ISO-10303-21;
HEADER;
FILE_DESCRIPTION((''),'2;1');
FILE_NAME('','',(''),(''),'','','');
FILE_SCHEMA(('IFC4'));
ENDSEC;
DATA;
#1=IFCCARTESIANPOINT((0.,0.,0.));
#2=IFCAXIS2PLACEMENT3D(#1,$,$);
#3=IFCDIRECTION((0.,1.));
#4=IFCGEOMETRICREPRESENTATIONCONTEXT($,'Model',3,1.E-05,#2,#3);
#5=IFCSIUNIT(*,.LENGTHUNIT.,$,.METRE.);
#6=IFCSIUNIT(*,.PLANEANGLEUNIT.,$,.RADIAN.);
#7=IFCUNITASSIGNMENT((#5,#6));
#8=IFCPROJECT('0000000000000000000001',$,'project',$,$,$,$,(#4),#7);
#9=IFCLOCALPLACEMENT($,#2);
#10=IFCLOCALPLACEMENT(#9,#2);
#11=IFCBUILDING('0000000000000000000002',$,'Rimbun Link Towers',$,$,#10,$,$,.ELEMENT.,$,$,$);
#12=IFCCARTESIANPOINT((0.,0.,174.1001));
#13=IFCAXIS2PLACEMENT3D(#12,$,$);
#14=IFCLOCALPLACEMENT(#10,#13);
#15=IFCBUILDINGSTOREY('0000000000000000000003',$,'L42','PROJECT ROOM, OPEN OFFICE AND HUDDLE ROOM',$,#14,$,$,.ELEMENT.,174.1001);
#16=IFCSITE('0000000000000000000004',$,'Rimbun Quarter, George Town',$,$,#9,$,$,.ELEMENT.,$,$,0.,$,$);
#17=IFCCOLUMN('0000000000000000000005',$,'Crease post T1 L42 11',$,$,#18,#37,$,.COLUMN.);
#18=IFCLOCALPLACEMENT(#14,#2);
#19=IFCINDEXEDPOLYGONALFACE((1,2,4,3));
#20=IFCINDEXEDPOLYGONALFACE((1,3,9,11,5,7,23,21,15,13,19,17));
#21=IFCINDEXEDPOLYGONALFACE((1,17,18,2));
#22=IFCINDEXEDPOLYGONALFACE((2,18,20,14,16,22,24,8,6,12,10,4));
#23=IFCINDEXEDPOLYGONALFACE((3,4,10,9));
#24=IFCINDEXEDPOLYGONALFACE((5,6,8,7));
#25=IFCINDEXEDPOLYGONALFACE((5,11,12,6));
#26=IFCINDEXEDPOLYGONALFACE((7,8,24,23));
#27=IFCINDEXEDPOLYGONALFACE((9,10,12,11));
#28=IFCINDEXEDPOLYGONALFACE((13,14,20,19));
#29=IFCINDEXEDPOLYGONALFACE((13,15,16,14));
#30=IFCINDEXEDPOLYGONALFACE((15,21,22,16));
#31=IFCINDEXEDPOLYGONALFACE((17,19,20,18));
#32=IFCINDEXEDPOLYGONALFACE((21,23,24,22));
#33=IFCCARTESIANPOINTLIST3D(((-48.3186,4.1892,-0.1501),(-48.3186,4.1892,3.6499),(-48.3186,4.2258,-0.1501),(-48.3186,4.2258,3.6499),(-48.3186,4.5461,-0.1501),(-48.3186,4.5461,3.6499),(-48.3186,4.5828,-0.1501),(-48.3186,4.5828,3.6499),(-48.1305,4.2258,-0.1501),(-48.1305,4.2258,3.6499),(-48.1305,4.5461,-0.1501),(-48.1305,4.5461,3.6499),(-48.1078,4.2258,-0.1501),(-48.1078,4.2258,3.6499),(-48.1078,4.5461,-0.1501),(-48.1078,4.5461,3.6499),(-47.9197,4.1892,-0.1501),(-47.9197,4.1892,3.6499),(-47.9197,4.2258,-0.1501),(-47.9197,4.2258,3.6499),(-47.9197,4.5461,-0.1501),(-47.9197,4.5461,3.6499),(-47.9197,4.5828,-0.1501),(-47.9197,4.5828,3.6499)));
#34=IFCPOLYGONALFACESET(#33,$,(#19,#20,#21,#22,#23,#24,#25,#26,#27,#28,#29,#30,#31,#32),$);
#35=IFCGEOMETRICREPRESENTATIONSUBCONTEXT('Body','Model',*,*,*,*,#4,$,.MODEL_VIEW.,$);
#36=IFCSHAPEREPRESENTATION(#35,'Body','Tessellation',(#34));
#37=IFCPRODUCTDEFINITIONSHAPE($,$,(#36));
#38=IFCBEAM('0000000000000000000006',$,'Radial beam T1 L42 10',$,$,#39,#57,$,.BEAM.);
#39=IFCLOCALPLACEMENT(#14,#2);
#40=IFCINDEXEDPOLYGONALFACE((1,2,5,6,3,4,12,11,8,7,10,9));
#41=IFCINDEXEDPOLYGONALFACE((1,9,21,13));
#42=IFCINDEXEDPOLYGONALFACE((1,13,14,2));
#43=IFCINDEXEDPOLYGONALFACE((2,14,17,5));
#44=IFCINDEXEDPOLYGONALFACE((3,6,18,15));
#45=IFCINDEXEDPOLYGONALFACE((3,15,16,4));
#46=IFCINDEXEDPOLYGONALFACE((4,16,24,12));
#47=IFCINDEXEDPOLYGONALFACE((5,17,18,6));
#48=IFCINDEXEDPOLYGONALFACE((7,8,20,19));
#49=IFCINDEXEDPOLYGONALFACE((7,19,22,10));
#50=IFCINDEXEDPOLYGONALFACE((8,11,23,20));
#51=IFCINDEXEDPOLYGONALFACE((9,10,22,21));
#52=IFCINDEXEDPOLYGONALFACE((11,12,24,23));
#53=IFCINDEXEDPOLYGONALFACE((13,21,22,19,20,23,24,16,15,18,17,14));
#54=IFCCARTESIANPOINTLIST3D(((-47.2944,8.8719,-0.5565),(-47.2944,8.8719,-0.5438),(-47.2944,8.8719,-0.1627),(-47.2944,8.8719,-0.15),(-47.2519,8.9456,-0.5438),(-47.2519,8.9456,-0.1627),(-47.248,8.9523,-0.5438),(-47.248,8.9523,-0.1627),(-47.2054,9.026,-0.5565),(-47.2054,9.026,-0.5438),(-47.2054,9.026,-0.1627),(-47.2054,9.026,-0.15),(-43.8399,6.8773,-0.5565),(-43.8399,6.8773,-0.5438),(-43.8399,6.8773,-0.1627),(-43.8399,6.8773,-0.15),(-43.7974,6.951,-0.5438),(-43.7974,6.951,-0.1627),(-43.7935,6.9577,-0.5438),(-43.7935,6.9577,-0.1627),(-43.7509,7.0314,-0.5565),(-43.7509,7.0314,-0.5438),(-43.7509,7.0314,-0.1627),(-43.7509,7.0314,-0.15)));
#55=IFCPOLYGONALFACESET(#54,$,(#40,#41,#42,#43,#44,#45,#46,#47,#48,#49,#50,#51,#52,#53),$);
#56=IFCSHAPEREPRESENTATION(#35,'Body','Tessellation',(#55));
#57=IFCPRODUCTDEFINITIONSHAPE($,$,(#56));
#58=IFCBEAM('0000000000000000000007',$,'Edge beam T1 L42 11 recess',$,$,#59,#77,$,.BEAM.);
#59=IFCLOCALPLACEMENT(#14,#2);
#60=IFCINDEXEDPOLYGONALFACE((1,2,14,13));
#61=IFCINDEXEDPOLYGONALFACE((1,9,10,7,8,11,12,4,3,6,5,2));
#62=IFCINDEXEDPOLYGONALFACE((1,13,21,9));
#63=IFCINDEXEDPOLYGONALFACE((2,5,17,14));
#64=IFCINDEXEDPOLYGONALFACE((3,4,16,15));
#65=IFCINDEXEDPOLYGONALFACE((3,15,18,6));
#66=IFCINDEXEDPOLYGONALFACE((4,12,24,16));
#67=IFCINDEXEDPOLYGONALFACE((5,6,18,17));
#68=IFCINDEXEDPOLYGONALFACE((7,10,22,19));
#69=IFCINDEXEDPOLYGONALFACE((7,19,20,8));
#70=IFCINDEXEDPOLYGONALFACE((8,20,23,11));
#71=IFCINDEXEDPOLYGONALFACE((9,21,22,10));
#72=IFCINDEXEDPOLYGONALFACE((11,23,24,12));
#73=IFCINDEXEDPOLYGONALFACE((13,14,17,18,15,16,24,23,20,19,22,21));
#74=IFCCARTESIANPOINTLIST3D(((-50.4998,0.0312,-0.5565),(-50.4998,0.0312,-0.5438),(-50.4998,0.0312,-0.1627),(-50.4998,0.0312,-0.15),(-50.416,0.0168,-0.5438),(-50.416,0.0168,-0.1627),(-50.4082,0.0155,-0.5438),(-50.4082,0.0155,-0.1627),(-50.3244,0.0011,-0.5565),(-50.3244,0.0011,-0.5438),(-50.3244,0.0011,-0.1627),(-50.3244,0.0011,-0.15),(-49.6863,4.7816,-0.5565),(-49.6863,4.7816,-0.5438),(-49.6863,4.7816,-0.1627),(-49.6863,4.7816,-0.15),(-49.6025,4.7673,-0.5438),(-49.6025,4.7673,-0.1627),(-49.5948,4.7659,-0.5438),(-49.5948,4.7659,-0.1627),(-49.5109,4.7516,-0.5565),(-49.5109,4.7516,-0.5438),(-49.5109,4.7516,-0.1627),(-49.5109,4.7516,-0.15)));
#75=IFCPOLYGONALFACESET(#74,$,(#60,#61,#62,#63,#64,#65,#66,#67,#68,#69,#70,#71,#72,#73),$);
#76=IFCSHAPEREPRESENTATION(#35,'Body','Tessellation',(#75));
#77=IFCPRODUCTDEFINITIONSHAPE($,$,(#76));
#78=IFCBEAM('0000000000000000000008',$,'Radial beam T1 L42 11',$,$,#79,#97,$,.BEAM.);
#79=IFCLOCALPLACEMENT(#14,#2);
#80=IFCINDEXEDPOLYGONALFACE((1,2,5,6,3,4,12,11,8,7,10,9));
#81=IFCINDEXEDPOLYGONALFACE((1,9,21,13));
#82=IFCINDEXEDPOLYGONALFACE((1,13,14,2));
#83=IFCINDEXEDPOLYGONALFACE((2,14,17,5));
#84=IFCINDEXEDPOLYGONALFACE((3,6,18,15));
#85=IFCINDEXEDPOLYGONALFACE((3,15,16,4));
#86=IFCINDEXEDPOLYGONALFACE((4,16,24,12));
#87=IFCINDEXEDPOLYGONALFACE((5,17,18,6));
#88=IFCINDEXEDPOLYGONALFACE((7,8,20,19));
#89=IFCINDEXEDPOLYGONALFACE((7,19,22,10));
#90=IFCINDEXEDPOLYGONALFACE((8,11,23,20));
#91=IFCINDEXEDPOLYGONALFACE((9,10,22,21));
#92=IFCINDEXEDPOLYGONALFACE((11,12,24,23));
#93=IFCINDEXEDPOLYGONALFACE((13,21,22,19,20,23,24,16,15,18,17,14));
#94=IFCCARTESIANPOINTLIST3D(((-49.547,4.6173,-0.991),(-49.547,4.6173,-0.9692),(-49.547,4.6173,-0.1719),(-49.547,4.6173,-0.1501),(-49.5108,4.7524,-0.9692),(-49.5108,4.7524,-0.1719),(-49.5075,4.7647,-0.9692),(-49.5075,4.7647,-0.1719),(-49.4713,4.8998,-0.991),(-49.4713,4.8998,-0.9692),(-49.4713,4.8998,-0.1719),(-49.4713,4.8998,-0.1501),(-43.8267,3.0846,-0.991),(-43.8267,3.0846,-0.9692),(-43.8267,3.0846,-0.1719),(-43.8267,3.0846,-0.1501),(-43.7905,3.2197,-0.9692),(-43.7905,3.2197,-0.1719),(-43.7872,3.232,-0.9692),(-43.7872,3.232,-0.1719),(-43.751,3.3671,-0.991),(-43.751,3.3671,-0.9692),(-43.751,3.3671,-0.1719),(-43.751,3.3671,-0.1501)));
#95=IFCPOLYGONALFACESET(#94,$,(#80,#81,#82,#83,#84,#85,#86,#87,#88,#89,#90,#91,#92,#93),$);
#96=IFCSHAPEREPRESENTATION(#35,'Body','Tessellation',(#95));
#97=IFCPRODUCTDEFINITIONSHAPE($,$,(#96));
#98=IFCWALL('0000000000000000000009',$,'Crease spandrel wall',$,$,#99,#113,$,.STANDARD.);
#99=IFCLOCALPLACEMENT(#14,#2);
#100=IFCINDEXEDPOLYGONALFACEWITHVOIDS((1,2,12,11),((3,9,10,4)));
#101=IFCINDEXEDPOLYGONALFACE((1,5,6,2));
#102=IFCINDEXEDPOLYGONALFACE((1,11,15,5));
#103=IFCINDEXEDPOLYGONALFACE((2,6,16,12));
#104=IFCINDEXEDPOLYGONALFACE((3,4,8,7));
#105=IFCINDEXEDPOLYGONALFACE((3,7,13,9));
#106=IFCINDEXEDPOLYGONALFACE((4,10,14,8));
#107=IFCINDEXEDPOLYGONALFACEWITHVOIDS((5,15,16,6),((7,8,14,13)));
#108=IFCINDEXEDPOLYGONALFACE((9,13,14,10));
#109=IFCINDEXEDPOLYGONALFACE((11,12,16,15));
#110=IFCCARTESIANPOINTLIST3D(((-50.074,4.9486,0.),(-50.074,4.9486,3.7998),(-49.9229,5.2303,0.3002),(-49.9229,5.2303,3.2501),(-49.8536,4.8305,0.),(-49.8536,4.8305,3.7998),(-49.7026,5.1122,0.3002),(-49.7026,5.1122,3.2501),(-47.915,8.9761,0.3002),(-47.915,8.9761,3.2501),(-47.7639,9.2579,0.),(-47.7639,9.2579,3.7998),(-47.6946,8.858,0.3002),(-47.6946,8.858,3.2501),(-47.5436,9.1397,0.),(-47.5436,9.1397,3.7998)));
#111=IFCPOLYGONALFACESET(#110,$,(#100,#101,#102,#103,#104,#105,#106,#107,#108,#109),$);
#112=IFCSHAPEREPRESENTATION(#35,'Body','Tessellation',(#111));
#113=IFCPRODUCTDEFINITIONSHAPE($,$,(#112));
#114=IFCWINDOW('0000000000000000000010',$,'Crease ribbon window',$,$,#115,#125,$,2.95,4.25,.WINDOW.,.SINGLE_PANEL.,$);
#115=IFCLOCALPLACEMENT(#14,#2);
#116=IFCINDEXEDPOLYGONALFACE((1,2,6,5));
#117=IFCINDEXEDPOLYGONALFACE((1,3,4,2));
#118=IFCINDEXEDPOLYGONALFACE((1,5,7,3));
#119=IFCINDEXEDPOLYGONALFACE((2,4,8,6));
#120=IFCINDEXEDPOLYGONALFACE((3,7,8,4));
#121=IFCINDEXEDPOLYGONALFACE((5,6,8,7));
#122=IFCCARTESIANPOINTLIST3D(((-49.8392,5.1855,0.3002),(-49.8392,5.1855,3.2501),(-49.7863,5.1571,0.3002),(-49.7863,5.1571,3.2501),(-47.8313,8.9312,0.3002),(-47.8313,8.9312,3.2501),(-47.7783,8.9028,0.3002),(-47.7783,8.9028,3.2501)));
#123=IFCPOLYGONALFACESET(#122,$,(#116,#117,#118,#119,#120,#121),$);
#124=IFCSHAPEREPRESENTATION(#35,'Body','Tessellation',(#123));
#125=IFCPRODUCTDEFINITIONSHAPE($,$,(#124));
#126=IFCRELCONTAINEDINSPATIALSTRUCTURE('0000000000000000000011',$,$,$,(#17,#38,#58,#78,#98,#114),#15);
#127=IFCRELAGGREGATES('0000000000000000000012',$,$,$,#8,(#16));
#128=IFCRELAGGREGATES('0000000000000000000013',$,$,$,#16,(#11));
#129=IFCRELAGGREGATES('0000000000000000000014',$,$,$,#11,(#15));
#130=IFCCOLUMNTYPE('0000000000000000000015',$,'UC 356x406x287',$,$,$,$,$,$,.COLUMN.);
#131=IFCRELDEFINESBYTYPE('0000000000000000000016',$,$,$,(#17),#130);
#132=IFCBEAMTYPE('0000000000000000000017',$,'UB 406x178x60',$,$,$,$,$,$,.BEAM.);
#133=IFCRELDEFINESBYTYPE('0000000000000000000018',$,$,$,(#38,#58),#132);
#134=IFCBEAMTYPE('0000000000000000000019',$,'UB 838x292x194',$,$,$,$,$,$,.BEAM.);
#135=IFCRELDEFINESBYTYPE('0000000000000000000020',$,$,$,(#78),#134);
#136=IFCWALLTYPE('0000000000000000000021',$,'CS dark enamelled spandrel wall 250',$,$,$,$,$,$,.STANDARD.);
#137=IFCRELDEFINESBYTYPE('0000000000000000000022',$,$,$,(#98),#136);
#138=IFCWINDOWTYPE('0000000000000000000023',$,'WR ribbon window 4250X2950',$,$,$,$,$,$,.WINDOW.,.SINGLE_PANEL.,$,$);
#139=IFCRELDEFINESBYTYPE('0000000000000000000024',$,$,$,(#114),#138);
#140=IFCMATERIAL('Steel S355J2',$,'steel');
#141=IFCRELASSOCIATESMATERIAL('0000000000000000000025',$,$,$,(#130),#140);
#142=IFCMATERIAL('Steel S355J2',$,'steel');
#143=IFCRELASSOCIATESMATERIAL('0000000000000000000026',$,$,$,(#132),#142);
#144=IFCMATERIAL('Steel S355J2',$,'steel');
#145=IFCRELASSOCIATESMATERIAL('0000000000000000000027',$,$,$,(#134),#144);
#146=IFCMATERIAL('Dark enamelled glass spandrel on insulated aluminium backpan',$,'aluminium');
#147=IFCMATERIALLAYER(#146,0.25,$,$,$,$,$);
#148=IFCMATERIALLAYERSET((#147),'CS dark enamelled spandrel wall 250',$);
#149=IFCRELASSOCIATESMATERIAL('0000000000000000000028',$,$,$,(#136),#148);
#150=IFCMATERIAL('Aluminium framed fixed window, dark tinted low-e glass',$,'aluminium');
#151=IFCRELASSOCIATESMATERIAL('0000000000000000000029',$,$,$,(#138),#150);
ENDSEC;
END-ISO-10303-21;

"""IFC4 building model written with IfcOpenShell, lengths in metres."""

from ifc_helpers import new_model, si_unit, direction, frame, frame_2d, origin, origin_2d, place, context, subcontext, project, spatial, rectangle, i_section, extrude, material, layer, layer_set, material_profile, profile_set, type_object, element, fill, save


model = new_model("IFC4")

# Units and contexts
model_context = context("Model", 3, precision=1e-05, world=origin(), true_north=direction((0.0, 1.0)))
body_context = subcontext(model_context, "Body", "Model", "MODEL_VIEW")
ifc_project = project(units=[si_unit("LENGTHUNIT", "METRE"), si_unit("PLANEANGLEUNIT", "RADIAN")], contexts=[model_context])

# Site, building, storey
site_placement = place(None, origin())
site = spatial("IfcSite", under=ifc_project, at=site_placement, Name="Rimbun Quarter, George Town", CompositionType="ELEMENT", RefElevation=0.0)
building_placement = place(site_placement, origin())
building = spatial("IfcBuilding", under=site, at=building_placement, Name="Rimbun Link Towers", CompositionType="ELEMENT")
storey_placement = place(building_placement, frame((0.0, 0.0, 174.1001)))
storey = spatial("IfcBuildingStorey", under=building, at=storey_placement, Name="L42", Description="PROJECT ROOM, OPEN OFFICE AND HUDDLE ROOM", CompositionType="ELEMENT", Elevation=174.1001)

# Column
ifc_material_1 = material(Name="Steel S355J2", Category="steel")
ifc_material_profile_1 = material_profile(ifc_material_1, i_section(OverallWidth=0.3989, OverallDepth=0.3936, WebThickness=0.0227, FlangeThickness=0.0366, at=origin_2d()), Name="UC 356x406x287")
ifc_profile_set_1 = profile_set([ifc_material_profile_1], Name="Steel S355J2")
column_type = type_object("IfcColumnType", Name="UC 356x406x287", PredefinedType="COLUMN", material=ifc_profile_set_1)
column_placement = place(storey_placement, frame((-48.1191, 4.386, -0.1501), z_axis=(0.0, 0.0, 1.0), x_axis=(1.0, 0.0, 0.0)))
element("IfcColumn", 1, at=column_placement, inside=storey, type_object=column_type, Name="Crease post T1 L42 11", PredefinedType="COLUMN", context=body_context, shape_type="SweptSolid", body=[
    extrude(i_section(OverallWidth=0.3989, OverallDepth=0.3936, WebThickness=0.0227, FlangeThickness=0.0366, at=origin_2d()), origin(), (0.0, 0.0, 1.0), 3.8),
])

# Beams
ifc_material_2 = material(Name="Steel S355J2", Category="steel")
ifc_material_profile_2 = material_profile(ifc_material_2, i_section(OverallWidth=0.178, OverallDepth=0.4065, WebThickness=0.0078, FlangeThickness=0.0127, at=origin_2d()), Name="UB 406x178x60")
ifc_profile_set_2 = profile_set([ifc_material_profile_2], Name="Steel S355J2")
beam_type_1 = type_object("IfcBeamType", Name="UB 406x178x60", PredefinedType="BEAM", material=ifc_profile_set_2)
beam_1_placement = place(storey_placement, frame((-43.7954, 6.9543, -0.3533), z_axis=(-0.866012, 0.500023, 0.0), x_axis=(-0.500023, -0.866012, 0.0)))
element("IfcBeam", 2, at=beam_1_placement, inside=storey, type_object=beam_type_1, Name="Radial beam T1 L42 10", PredefinedType="BEAM", context=body_context, shape_type="SweptSolid", body=[
    extrude(i_section(OverallWidth=0.178, OverallDepth=0.4065, WebThickness=0.0078, FlangeThickness=0.0127, at=origin_2d()), origin(), (0.0, 0.0, 1.0), 3.989),
])
beam_2_placement = place(storey_placement, frame((-49.5986, 4.7666, -0.3533), z_axis=(-0.168784, -0.985653, 0.0), x_axis=(0.985653, -0.168784, 0.0)))
element("IfcBeam", 3, at=beam_2_placement, inside=storey, type_object=beam_type_1, Name="Edge beam T1 L42 11 recess", PredefinedType="BEAM", context=body_context, shape_type="SweptSolid", body=[
    extrude(i_section(OverallWidth=0.178, OverallDepth=0.4065, WebThickness=0.0078, FlangeThickness=0.0127, at=origin_2d()), origin(), (0.0, 0.0, 1.0), 4.8196),
])
ifc_material_3 = material(Name="Steel S355J2", Category="steel")
ifc_material_profile_3 = material_profile(ifc_material_3, i_section(OverallWidth=0.2925, OverallDepth=0.8408, WebThickness=0.0127, FlangeThickness=0.0217, at=origin_2d()), Name="UB 838x292x194")
ifc_profile_set_3 = profile_set([ifc_material_profile_3], Name="Steel S355J2")
beam_type_2 = type_object("IfcBeamType", Name="UB 838x292x194", PredefinedType="BEAM", material=ifc_profile_set_3)
beam_3_placement = place(storey_placement, frame((-43.7888, 3.2258, -0.5706), z_axis=(-0.965926, 0.258817, 0.0), x_axis=(-0.258817, -0.965926, 0.0)))
element("IfcBeam", 4, at=beam_3_placement, inside=storey, type_object=beam_type_2, Name="Radial beam T1 L42 11", PredefinedType="BEAM", context=body_context, shape_type="SweptSolid", body=[
    extrude(i_section(OverallWidth=0.2925, OverallDepth=0.8408, WebThickness=0.0127, FlangeThickness=0.0217, at=origin_2d()), origin(), (0.0, 0.0, 1.0), 5.9221),
])

# Wall, opening, window
ifc_material_4 = material(Name="Dark enamelled glass spandrel on insulated aluminium backpan", Category="aluminium")
ifc_layer_1 = layer(ifc_material_4, 0.25)
ifc_layer_set_1 = layer_set([ifc_layer_1], Name="CS dark enamelled spandrel wall 250")
wall_type_1 = type_object("IfcWallType", Name="CS dark enamelled spandrel wall 250", PredefinedType="STANDARD", material=ifc_layer_set_1)
wall_1_placement = place(storey_placement, frame((-49.9639, 4.8894, 0.0), z_axis=(0.0, 0.0, 1.0), x_axis=(0.472458, 0.881353, 0.0)))
wall_1 = element("IfcWall", 5, at=wall_1_placement, inside=storey, type_object=wall_type_1, Name="Crease spandrel wall", PredefinedType="STANDARD", context=body_context, shape_type="SweptSolid", body=[
    extrude(rectangle(XDim=4.8894, YDim=0.25, at=frame_2d((2.4448, 0.0))), origin(), (0.0, 0.0, 1.0), 3.7998),
])
opening_1_placement = place(wall_1_placement, frame((0.3198, 0.0, 0.3)))
opening_1 = element("IfcOpeningElement", 6, at=opening_1_placement, cuts=wall_1, PredefinedType="OPENING", context=body_context, shape_type="SweptSolid", body=[
    extrude(rectangle(XDim=4.25, YDim=2.95, at=frame_2d((2.125, 1.4751))), frame((0.0, 0.135, 0.0), z_axis=(0.0, -1.0, 0.0), x_axis=(1.0, 0.0, 0.0)), (0.0, 0.0, 1.0), 0.27),
])
ifc_material_5 = material(Name="Aluminium framed fixed window, dark tinted low-e glass", Category="aluminium")
window_type = type_object("IfcWindowType", Name="WR ribbon window 4250X2950", PartitioningType="SINGLE_PANEL", PredefinedType="WINDOW", material=ifc_material_5)
window_placement = place(opening_1_placement, origin())
window = element("IfcWindow", 7, at=window_placement, inside=storey, type_object=window_type, Name="Crease ribbon window", OverallHeight=2.95, OverallWidth=4.25, PartitioningType="SINGLE_PANEL", PredefinedType="WINDOW", context=body_context, shape_type="SweptSolid", body=[
    extrude(rectangle(XDim=4.25, YDim=2.95, at=frame_2d((2.125, 1.4751))), frame((0.0, 0.03, 0.0), z_axis=(0.0, -1.0, 0.0), x_axis=(1.0, 0.0, 0.0)), (0.0, 0.0, 1.0), 0.0601),
])
fill(opening_1, window)

save(model, "model.ifc")
